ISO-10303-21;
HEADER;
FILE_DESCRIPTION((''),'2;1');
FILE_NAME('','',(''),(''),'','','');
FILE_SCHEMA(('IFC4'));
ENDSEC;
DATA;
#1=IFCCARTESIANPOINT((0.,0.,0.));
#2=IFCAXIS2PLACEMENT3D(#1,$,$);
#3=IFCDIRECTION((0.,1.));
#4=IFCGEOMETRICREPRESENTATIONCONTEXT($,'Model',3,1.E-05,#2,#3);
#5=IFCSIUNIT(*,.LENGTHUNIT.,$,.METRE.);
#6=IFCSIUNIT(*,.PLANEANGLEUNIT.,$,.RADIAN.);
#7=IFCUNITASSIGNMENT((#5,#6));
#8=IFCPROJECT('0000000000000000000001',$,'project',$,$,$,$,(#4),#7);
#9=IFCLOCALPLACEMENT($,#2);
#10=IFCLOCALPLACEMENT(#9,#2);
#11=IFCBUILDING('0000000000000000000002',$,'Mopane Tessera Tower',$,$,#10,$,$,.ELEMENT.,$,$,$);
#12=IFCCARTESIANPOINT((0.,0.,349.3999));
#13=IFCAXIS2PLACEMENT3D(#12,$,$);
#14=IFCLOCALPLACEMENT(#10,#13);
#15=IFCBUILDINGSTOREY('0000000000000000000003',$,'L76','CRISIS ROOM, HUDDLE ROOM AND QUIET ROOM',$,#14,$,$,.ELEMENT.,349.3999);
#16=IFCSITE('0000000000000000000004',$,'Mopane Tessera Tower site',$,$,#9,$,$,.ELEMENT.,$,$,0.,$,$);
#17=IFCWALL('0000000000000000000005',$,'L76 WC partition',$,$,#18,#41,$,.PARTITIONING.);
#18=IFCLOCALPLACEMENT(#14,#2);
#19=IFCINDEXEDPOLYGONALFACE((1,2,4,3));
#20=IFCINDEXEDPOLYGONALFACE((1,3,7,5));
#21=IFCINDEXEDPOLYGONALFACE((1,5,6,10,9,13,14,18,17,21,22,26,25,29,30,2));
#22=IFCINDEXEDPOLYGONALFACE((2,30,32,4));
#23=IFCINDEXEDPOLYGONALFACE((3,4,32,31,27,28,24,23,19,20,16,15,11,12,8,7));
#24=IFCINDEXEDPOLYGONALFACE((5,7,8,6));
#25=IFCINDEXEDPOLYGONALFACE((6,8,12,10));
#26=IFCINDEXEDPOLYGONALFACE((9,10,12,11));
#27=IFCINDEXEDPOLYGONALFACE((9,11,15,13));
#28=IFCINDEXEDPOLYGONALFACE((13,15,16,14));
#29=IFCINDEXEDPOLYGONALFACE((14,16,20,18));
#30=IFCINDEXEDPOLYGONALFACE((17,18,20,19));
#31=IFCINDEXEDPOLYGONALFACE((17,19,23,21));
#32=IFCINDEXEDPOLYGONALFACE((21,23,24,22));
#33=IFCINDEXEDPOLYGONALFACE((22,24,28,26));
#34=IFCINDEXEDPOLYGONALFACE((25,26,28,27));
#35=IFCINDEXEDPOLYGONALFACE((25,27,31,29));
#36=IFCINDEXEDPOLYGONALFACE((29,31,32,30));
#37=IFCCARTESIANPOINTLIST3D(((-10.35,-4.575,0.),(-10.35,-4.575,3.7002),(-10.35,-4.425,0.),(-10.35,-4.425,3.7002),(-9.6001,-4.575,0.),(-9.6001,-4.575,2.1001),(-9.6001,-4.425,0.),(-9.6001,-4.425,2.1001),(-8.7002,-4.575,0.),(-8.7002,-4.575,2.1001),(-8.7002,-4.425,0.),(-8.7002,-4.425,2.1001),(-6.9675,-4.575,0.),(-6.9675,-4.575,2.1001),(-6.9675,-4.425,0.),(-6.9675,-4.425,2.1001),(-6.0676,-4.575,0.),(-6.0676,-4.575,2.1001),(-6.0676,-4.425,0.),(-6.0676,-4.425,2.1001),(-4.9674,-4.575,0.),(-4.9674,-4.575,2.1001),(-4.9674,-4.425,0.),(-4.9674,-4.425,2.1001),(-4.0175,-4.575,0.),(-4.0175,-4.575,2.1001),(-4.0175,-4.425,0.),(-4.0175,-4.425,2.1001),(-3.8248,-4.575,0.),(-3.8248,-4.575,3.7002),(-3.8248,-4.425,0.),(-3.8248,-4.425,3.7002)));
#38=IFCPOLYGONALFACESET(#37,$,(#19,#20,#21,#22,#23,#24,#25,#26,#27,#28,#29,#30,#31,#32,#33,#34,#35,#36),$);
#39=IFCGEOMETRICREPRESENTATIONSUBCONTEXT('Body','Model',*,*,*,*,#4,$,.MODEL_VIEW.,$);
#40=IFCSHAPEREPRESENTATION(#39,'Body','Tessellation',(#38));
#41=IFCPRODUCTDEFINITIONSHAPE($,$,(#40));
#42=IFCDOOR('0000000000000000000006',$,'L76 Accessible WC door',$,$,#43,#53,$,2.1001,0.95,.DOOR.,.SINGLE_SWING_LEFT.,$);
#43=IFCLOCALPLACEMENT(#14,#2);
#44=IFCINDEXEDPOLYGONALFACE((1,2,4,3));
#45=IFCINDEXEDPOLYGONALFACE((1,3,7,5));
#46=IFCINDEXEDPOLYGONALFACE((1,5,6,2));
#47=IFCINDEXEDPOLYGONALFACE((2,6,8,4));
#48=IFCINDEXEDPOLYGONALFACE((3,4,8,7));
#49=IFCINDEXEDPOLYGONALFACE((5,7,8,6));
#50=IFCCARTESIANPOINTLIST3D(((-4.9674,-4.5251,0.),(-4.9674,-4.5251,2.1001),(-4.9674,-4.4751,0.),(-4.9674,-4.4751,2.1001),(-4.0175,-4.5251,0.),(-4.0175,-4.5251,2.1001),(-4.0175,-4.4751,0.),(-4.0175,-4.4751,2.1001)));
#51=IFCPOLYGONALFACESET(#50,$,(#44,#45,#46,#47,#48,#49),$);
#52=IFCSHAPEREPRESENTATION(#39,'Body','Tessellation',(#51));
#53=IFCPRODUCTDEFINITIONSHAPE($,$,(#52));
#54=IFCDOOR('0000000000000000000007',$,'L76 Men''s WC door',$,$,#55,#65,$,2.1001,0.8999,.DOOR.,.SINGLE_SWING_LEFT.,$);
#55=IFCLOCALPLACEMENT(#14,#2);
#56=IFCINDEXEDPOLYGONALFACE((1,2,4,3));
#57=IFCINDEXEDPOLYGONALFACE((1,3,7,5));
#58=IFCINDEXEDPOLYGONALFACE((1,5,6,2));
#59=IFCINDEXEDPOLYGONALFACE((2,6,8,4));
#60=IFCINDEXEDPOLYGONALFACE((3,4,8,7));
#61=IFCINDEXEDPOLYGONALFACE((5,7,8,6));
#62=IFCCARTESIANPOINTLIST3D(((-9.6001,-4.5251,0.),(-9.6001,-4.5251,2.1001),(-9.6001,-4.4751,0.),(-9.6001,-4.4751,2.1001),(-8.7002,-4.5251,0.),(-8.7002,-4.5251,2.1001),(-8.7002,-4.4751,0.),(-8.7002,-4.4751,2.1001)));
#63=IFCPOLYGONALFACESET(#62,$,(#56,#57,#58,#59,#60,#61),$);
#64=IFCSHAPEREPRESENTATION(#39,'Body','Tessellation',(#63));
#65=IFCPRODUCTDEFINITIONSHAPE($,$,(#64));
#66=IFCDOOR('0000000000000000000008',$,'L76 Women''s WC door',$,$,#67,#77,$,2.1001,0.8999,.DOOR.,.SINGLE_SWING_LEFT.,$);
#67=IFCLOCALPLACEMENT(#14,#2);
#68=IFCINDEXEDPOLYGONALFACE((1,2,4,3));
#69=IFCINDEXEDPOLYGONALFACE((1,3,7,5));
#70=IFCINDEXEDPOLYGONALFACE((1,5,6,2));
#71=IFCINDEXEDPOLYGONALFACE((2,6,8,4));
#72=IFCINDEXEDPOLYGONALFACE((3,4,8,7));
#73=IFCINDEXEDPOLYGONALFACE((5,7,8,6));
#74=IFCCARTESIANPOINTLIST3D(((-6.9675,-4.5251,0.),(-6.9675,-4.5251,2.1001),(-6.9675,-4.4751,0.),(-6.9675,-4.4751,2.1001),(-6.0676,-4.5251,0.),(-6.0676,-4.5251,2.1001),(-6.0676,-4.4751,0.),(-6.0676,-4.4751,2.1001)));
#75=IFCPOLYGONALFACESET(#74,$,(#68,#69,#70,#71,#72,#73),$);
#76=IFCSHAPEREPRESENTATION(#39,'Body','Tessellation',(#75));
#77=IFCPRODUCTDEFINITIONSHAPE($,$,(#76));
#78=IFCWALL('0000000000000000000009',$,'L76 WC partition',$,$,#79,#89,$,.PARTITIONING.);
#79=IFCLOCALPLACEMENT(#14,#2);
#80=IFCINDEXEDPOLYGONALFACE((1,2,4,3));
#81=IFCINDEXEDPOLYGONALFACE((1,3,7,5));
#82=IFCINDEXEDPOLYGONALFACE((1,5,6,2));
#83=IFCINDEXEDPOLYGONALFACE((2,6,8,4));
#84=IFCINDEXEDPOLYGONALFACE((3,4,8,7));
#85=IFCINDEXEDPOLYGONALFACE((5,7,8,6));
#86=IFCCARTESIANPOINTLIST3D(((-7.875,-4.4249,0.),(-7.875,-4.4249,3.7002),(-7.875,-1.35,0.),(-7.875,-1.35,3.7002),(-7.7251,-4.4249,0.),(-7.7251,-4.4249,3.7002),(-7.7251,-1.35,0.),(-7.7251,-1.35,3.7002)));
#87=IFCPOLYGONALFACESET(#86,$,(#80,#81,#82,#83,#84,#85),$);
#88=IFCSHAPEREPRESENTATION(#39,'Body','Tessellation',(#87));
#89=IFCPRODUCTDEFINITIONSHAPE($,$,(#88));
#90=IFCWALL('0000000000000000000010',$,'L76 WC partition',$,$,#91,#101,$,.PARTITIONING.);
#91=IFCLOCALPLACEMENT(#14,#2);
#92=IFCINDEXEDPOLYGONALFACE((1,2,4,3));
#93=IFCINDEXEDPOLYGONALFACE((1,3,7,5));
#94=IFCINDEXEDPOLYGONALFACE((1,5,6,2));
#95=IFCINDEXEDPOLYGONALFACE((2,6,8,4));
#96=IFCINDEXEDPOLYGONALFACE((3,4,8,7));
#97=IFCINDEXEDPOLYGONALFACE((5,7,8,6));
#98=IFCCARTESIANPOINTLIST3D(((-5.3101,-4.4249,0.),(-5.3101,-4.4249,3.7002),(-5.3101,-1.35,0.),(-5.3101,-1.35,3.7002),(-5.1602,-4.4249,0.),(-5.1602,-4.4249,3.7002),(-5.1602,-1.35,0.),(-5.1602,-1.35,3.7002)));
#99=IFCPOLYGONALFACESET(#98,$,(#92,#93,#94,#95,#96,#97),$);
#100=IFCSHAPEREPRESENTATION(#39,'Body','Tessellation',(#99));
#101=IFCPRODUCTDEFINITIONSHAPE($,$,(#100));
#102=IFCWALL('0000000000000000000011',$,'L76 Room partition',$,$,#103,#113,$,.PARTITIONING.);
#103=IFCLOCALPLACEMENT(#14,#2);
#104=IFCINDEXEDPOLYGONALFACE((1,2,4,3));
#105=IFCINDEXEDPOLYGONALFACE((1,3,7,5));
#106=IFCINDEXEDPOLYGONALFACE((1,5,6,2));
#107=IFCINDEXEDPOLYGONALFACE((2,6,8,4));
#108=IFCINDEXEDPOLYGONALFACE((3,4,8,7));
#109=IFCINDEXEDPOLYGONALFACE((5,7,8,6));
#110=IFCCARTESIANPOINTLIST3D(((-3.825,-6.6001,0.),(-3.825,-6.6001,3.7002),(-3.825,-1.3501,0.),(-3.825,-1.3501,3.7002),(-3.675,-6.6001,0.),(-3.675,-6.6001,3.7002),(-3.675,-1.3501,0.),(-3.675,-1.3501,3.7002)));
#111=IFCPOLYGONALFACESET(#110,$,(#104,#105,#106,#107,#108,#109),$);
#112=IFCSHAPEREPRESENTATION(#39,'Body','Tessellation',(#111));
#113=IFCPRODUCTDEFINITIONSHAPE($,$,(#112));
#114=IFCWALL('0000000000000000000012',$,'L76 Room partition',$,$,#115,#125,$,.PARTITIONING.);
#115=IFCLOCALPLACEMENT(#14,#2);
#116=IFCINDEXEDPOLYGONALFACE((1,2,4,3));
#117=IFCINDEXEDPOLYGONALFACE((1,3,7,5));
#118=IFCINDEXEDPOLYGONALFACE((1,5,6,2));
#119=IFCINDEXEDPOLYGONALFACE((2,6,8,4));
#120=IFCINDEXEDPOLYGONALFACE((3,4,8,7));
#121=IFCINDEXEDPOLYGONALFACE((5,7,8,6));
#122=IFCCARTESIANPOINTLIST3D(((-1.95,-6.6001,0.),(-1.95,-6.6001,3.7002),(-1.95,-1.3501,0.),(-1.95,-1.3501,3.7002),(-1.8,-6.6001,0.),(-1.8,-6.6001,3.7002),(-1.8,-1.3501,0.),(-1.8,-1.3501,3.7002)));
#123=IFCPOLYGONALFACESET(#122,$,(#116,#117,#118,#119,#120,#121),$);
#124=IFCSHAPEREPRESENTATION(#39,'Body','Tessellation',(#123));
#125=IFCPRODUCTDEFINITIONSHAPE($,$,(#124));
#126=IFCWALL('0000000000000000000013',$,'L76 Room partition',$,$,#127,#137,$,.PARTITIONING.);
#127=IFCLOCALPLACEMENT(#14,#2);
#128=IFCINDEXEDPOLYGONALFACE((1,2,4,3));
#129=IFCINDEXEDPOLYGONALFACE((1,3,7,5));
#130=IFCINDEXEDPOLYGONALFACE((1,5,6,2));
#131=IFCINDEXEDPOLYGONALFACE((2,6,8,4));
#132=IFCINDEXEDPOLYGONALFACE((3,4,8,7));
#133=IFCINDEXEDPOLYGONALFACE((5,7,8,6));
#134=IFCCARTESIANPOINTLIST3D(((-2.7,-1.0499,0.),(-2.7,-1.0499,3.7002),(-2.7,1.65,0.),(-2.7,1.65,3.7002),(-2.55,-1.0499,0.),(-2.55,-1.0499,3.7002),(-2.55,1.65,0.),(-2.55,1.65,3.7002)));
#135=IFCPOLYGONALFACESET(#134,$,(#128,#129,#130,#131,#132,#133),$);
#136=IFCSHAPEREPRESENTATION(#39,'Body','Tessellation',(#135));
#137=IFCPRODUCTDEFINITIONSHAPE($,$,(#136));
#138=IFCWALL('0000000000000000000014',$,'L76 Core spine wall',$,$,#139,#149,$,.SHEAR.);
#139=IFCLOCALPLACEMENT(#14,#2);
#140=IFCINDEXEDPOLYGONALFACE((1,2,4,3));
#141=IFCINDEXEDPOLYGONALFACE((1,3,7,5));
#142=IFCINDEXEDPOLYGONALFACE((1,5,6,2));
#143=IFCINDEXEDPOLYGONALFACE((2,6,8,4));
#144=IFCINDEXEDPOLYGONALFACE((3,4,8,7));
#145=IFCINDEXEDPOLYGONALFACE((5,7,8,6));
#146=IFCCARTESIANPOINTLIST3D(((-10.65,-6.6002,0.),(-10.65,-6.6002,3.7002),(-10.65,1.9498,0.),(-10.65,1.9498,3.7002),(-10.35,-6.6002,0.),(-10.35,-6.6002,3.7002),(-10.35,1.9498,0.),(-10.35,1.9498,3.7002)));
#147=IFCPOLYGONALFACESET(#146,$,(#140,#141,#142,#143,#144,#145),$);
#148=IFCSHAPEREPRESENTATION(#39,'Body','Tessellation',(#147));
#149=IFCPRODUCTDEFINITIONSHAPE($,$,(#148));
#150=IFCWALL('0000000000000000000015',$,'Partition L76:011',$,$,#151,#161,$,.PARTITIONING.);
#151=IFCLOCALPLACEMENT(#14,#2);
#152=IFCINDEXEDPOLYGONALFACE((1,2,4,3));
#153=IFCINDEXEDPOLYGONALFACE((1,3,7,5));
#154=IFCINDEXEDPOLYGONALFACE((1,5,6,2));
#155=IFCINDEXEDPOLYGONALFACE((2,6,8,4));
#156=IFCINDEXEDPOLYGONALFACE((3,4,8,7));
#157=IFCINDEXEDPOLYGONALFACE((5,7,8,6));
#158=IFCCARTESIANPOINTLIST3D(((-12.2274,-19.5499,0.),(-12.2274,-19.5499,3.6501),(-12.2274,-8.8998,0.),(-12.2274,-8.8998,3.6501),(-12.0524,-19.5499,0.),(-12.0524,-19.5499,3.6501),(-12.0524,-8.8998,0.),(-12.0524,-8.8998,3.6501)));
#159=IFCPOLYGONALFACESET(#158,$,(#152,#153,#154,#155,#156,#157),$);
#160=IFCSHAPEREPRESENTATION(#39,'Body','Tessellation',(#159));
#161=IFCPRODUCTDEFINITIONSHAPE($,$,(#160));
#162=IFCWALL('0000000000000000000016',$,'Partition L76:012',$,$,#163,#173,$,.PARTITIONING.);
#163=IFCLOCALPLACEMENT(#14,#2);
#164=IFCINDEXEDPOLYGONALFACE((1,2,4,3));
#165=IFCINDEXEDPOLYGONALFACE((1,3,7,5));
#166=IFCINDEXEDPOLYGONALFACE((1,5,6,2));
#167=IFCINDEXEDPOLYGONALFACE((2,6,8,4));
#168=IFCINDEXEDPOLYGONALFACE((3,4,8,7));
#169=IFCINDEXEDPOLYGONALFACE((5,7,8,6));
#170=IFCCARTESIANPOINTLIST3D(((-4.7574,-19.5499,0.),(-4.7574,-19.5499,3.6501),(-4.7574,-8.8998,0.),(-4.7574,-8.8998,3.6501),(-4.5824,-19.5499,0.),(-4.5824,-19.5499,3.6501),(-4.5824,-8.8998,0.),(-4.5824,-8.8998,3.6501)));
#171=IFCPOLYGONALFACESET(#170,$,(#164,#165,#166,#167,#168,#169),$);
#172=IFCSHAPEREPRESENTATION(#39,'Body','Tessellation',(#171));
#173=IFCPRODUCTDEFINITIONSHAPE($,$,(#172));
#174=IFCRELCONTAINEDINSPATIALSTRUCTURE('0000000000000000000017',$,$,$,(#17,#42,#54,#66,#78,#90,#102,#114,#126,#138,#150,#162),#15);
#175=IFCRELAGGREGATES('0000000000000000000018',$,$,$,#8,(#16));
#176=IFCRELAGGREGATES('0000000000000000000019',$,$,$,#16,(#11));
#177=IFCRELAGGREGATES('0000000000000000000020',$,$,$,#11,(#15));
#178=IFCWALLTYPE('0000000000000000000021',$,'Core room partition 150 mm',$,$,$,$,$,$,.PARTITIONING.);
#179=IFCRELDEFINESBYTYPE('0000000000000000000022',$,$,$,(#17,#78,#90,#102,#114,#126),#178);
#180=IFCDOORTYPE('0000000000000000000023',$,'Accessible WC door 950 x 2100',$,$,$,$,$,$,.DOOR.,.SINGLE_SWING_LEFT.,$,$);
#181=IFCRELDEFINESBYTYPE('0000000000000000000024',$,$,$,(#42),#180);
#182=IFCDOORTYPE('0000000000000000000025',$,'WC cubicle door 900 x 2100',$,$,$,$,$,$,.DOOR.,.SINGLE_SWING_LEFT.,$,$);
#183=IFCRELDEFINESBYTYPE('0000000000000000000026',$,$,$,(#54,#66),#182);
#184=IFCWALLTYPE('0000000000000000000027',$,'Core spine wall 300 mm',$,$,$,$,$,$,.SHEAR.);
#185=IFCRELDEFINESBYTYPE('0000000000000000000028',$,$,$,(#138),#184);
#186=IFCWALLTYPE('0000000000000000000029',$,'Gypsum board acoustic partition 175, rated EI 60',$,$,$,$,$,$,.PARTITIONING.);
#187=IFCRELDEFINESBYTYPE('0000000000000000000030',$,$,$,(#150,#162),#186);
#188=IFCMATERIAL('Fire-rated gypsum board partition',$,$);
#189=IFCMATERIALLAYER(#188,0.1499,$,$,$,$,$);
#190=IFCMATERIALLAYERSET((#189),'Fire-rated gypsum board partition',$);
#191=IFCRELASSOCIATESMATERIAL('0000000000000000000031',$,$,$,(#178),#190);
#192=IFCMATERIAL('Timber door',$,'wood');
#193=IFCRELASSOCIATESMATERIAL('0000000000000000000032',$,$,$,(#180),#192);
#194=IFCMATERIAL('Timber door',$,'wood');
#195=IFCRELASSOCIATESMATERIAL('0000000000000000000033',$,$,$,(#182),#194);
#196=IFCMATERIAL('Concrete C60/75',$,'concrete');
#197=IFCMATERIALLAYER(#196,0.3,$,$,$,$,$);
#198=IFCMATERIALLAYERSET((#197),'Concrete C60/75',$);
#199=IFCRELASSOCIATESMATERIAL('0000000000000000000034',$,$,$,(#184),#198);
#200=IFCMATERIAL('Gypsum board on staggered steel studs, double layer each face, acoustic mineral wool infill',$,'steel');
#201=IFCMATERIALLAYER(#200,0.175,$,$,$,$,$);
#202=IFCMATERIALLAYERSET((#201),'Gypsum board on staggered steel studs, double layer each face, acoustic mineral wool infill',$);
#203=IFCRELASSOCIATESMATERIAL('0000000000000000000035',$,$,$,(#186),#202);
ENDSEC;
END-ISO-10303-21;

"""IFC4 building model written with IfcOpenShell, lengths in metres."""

from ifc_helpers import new_model, si_unit, direction, frame, frame_2d, origin, place, context, subcontext, project, spatial, rectangle, extrude, material, layer, layer_set, type_object, element, fill, save


model = new_model("IFC4")

# Units and contexts
model_context = context("Model", 3, precision=1e-05, world=origin(), true_north=direction((0.0, 1.0)))
body_context = subcontext(model_context, "Body", "Model", "MODEL_VIEW")
ifc_project = project(units=[si_unit("LENGTHUNIT", "METRE"), si_unit("PLANEANGLEUNIT", "RADIAN")], contexts=[model_context])

# Site, building, storey
site_placement = place(None, origin())
site = spatial("IfcSite", under=ifc_project, at=site_placement, Name="Mopane Tessera Tower site", CompositionType="ELEMENT", RefElevation=0.0)
building_placement = place(site_placement, origin())
building = spatial("IfcBuilding", under=site, at=building_placement, Name="Mopane Tessera Tower", CompositionType="ELEMENT")
storey_placement = place(building_placement, frame((0.0, 0.0, 349.3999)))
storey = spatial("IfcBuildingStorey", under=building, at=storey_placement, Name="L76", Description="CRISIS ROOM, HUDDLE ROOM AND QUIET ROOM", CompositionType="ELEMENT", Elevation=349.3999)

# Wall, openings, doors
ifc_material_1 = material(Name="Fire-rated gypsum board partition")
ifc_layer_1 = layer(ifc_material_1, 0.1499)
ifc_layer_set_1 = layer_set([ifc_layer_1], Name="Fire-rated gypsum board partition")
wall_type_1 = type_object("IfcWallType", Name="Core room partition 150 mm", PredefinedType="PARTITIONING", material=ifc_layer_set_1)
wall_1_placement = place(storey_placement, frame((-10.3501, -4.5, 0.0), z_axis=(0.0, 0.0, 1.0), x_axis=(1.0, 0.0, 0.0)))
wall_1 = element("IfcWall", 1, at=wall_1_placement, inside=storey, type_object=wall_type_1, Name="L76 WC partition", PredefinedType="PARTITIONING", context=body_context, shape_type="SweptSolid", body=[
    extrude(rectangle(XDim=6.5251, YDim=0.1499, at=frame_2d((3.2627, 0.0))), origin(), (0.0, 0.0, 1.0), 3.7002),
])
opening_1_placement = place(wall_1_placement, frame((0.75, 0.0, 0.0)))
opening_1 = element("IfcOpeningElement", 2, at=opening_1_placement, cuts=wall_1, PredefinedType="OPENING", context=body_context, shape_type="SweptSolid", body=[
    extrude(rectangle(XDim=0.8999, YDim=2.1001, at=frame_2d((0.45, 1.05))), frame((0.0, 0.0869, 0.0), z_axis=(0.0, -1.0, 0.0), x_axis=(1.0, 0.0, 0.0)), (0.0, 0.0, 1.0), 0.1738),
])
opening_2_placement = place(wall_1_placement, frame((3.3826, 0.0, 0.0)))
opening_2 = element("IfcOpeningElement", 3, at=opening_2_placement, cuts=wall_1, PredefinedType="OPENING", context=body_context, shape_type="SweptSolid", body=[
    extrude(rectangle(XDim=0.8999, YDim=2.1001, at=frame_2d((0.45, 1.05))), frame((0.0, 0.0869, 0.0), z_axis=(0.0, -1.0, 0.0), x_axis=(1.0, 0.0, 0.0)), (0.0, 0.0, 1.0), 0.1738),
])
opening_3_placement = place(wall_1_placement, frame((5.3826, 0.0, 0.0)))
opening_3 = element("IfcOpeningElement", 4, at=opening_3_placement, cuts=wall_1, PredefinedType="OPENING", context=body_context, shape_type="SweptSolid", body=[
    extrude(rectangle(XDim=0.95, YDim=2.1001, at=frame_2d((0.4751, 1.05))), frame((0.0, 0.0869, 0.0), z_axis=(0.0, -1.0, 0.0), x_axis=(1.0, 0.0, 0.0)), (0.0, 0.0, 1.0), 0.1738),
])
ifc_material_2 = material(Name="Timber door", Category="wood")
door_type_1 = type_object("IfcDoorType", Name="Accessible WC door 950 x 2100", OperationType="SINGLE_SWING_LEFT", PredefinedType="DOOR", material=ifc_material_2)
door_1_placement = place(opening_3_placement, origin())
door_1 = element("IfcDoor", 5, at=door_1_placement, inside=storey, type_object=door_type_1, Name="L76 Accessible WC door", OperationType="SINGLE_SWING_LEFT", OverallHeight=2.1001, OverallWidth=0.95, PredefinedType="DOOR", context=body_context, shape_type="SweptSolid", body=[
    extrude(rectangle(XDim=0.95, YDim=2.1001, at=frame_2d((0.4751, 1.05))), frame((0.0, 0.0249, 0.0), z_axis=(0.0, -1.0, 0.0), x_axis=(1.0, 0.0, 0.0)), (0.0, 0.0, 1.0), 0.05),
])
fill(opening_3, door_1)
ifc_material_3 = material(Name="Timber door", Category="wood")
door_type_2 = type_object("IfcDoorType", Name="WC cubicle door 900 x 2100", OperationType="SINGLE_SWING_LEFT", PredefinedType="DOOR", material=ifc_material_3)
door_2_placement = place(opening_1_placement, origin())
door_2 = element("IfcDoor", 6, at=door_2_placement, inside=storey, type_object=door_type_2, Name="L76 Men's WC door", OperationType="SINGLE_SWING_LEFT", OverallHeight=2.1001, OverallWidth=0.8999, PredefinedType="DOOR", context=body_context, shape_type="SweptSolid", body=[
    extrude(rectangle(XDim=0.8999, YDim=2.1001, at=frame_2d((0.45, 1.05))), frame((0.0, 0.0249, 0.0), z_axis=(0.0, -1.0, 0.0), x_axis=(1.0, 0.0, 0.0)), (0.0, 0.0, 1.0), 0.05),
])
fill(opening_1, door_2)
door_3_placement = place(opening_2_placement, origin())
door_3 = element("IfcDoor", 7, at=door_3_placement, inside=storey, type_object=door_type_2, Name="L76 Women's WC door", OperationType="SINGLE_SWING_LEFT", OverallHeight=2.1001, OverallWidth=0.8999, PredefinedType="DOOR", context=body_context, shape_type="SweptSolid", body=[
    extrude(rectangle(XDim=0.8999, YDim=2.1001, at=frame_2d((0.45, 1.05))), frame((0.0, 0.0249, 0.0), z_axis=(0.0, -1.0, 0.0), x_axis=(1.0, 0.0, 0.0)), (0.0, 0.0, 1.0), 0.05),
])
fill(opening_2, door_3)

# Walls
for number, where, z_axis, x_axis, name in (
    (8, (-7.8, -4.425, 0.0), (0.0, 0.0, 1.0), (0.0, 1.0, 0.0), "L76 WC partition"),
    (9, (-5.2351, -4.425, 0.0), (0.0, 0.0, 1.0), (0.0, 1.0, 0.0), "L76 WC partition"),
):
    element("IfcWall", number, at=place(storey_placement, frame(where, z_axis=z_axis, x_axis=x_axis)), inside=storey, type_object=wall_type_1, Name=name, PredefinedType="PARTITIONING", context=body_context, shape_type="SweptSolid", body=[
        extrude(rectangle(XDim=3.075, YDim=0.1499, at=frame_2d((1.5376, 0.0))), origin(), (0.0, 0.0, 1.0), 3.7002),
    ])
for number, where, z_axis, x_axis, name in (
    (10, (-3.75, -6.6001, 0.0), (0.0, 0.0, 1.0), (0.0, 1.0, 0.0), "L76 Room partition"),
    (11, (-1.875, -6.6001, 0.0), (0.0, 0.0, 1.0), (0.0, 1.0, 0.0), "L76 Room partition"),
):
    element("IfcWall", number, at=place(storey_placement, frame(where, z_axis=z_axis, x_axis=x_axis)), inside=storey, type_object=wall_type_1, Name=name, PredefinedType="PARTITIONING", context=body_context, shape_type="SweptSolid", body=[
        extrude(rectangle(XDim=5.25, YDim=0.1499, at=frame_2d((2.625, 0.0))), origin(), (0.0, 0.0, 1.0), 3.7002),
    ])
wall_2_placement = place(storey_placement, frame((-2.625, -1.05, 0.0), z_axis=(0.0, 0.0, 1.0), x_axis=(0.0, 1.0, 0.0)))
element("IfcWall", 12, at=wall_2_placement, inside=storey, type_object=wall_type_1, Name="L76 Room partition", PredefinedType="PARTITIONING", context=body_context, shape_type="SweptSolid", body=[
    extrude(rectangle(XDim=2.7, YDim=0.1499, at=frame_2d((1.3501, 0.0))), origin(), (0.0, 0.0, 1.0), 3.7002),
])
ifc_material_4 = material(Name="Concrete C60/75", Category="concrete")
ifc_layer_2 = layer(ifc_material_4, 0.3)
ifc_layer_set_2 = layer_set([ifc_layer_2], Name="Concrete C60/75")
wall_type_2 = type_object("IfcWallType", Name="Core spine wall 300 mm", PredefinedType="SHEAR", material=ifc_layer_set_2)
wall_3_placement = place(storey_placement, frame((-10.5, -6.6001, 0.0), z_axis=(0.0, 0.0, 1.0), x_axis=(0.0, 1.0, 0.0)))
element("IfcWall", 13, at=wall_3_placement, inside=storey, type_object=wall_type_2, Name="L76 Core spine wall", PredefinedType="SHEAR", context=body_context, shape_type="SweptSolid", body=[
    extrude(rectangle(XDim=8.55, YDim=0.3, at=frame_2d((4.2749, 0.0))), origin(), (0.0, 0.0, 1.0), 3.7002),
])
ifc_material_5 = material(Name="Gypsum board on staggered steel studs, double layer each face, acoustic mineral wool infill", Category="steel")
ifc_layer_3 = layer(ifc_material_5, 0.175)
ifc_layer_set_3 = layer_set([ifc_layer_3], Name="Gypsum board on staggered steel studs, double layer each face, acoustic mineral wool infill")
wall_type_3 = type_object("IfcWallType", Name="Gypsum board acoustic partition 175, rated EI 60", PredefinedType="PARTITIONING", material=ifc_layer_set_3)
for number, where, z_axis, x_axis, name in (
    (14, (-12.1399, -19.55, 0.0), (0.0, 0.0, 1.0), (0.0, 1.0, 0.0), "Partition L76:011"),
    (15, (-4.6699, -19.55, 0.0), (0.0, 0.0, 1.0), (0.0, 1.0, 0.0), "Partition L76:012"),
):
    element("IfcWall", number, at=place(storey_placement, frame(where, z_axis=z_axis, x_axis=x_axis)), inside=storey, type_object=wall_type_3, Name=name, PredefinedType="PARTITIONING", context=body_context, shape_type="SweptSolid", body=[
        extrude(rectangle(XDim=10.6501, YDim=0.175, at=frame_2d((5.3252, 0.0))), origin(), (0.0, 0.0, 1.0), 3.6501),
    ])

save(model, "model.ifc")
